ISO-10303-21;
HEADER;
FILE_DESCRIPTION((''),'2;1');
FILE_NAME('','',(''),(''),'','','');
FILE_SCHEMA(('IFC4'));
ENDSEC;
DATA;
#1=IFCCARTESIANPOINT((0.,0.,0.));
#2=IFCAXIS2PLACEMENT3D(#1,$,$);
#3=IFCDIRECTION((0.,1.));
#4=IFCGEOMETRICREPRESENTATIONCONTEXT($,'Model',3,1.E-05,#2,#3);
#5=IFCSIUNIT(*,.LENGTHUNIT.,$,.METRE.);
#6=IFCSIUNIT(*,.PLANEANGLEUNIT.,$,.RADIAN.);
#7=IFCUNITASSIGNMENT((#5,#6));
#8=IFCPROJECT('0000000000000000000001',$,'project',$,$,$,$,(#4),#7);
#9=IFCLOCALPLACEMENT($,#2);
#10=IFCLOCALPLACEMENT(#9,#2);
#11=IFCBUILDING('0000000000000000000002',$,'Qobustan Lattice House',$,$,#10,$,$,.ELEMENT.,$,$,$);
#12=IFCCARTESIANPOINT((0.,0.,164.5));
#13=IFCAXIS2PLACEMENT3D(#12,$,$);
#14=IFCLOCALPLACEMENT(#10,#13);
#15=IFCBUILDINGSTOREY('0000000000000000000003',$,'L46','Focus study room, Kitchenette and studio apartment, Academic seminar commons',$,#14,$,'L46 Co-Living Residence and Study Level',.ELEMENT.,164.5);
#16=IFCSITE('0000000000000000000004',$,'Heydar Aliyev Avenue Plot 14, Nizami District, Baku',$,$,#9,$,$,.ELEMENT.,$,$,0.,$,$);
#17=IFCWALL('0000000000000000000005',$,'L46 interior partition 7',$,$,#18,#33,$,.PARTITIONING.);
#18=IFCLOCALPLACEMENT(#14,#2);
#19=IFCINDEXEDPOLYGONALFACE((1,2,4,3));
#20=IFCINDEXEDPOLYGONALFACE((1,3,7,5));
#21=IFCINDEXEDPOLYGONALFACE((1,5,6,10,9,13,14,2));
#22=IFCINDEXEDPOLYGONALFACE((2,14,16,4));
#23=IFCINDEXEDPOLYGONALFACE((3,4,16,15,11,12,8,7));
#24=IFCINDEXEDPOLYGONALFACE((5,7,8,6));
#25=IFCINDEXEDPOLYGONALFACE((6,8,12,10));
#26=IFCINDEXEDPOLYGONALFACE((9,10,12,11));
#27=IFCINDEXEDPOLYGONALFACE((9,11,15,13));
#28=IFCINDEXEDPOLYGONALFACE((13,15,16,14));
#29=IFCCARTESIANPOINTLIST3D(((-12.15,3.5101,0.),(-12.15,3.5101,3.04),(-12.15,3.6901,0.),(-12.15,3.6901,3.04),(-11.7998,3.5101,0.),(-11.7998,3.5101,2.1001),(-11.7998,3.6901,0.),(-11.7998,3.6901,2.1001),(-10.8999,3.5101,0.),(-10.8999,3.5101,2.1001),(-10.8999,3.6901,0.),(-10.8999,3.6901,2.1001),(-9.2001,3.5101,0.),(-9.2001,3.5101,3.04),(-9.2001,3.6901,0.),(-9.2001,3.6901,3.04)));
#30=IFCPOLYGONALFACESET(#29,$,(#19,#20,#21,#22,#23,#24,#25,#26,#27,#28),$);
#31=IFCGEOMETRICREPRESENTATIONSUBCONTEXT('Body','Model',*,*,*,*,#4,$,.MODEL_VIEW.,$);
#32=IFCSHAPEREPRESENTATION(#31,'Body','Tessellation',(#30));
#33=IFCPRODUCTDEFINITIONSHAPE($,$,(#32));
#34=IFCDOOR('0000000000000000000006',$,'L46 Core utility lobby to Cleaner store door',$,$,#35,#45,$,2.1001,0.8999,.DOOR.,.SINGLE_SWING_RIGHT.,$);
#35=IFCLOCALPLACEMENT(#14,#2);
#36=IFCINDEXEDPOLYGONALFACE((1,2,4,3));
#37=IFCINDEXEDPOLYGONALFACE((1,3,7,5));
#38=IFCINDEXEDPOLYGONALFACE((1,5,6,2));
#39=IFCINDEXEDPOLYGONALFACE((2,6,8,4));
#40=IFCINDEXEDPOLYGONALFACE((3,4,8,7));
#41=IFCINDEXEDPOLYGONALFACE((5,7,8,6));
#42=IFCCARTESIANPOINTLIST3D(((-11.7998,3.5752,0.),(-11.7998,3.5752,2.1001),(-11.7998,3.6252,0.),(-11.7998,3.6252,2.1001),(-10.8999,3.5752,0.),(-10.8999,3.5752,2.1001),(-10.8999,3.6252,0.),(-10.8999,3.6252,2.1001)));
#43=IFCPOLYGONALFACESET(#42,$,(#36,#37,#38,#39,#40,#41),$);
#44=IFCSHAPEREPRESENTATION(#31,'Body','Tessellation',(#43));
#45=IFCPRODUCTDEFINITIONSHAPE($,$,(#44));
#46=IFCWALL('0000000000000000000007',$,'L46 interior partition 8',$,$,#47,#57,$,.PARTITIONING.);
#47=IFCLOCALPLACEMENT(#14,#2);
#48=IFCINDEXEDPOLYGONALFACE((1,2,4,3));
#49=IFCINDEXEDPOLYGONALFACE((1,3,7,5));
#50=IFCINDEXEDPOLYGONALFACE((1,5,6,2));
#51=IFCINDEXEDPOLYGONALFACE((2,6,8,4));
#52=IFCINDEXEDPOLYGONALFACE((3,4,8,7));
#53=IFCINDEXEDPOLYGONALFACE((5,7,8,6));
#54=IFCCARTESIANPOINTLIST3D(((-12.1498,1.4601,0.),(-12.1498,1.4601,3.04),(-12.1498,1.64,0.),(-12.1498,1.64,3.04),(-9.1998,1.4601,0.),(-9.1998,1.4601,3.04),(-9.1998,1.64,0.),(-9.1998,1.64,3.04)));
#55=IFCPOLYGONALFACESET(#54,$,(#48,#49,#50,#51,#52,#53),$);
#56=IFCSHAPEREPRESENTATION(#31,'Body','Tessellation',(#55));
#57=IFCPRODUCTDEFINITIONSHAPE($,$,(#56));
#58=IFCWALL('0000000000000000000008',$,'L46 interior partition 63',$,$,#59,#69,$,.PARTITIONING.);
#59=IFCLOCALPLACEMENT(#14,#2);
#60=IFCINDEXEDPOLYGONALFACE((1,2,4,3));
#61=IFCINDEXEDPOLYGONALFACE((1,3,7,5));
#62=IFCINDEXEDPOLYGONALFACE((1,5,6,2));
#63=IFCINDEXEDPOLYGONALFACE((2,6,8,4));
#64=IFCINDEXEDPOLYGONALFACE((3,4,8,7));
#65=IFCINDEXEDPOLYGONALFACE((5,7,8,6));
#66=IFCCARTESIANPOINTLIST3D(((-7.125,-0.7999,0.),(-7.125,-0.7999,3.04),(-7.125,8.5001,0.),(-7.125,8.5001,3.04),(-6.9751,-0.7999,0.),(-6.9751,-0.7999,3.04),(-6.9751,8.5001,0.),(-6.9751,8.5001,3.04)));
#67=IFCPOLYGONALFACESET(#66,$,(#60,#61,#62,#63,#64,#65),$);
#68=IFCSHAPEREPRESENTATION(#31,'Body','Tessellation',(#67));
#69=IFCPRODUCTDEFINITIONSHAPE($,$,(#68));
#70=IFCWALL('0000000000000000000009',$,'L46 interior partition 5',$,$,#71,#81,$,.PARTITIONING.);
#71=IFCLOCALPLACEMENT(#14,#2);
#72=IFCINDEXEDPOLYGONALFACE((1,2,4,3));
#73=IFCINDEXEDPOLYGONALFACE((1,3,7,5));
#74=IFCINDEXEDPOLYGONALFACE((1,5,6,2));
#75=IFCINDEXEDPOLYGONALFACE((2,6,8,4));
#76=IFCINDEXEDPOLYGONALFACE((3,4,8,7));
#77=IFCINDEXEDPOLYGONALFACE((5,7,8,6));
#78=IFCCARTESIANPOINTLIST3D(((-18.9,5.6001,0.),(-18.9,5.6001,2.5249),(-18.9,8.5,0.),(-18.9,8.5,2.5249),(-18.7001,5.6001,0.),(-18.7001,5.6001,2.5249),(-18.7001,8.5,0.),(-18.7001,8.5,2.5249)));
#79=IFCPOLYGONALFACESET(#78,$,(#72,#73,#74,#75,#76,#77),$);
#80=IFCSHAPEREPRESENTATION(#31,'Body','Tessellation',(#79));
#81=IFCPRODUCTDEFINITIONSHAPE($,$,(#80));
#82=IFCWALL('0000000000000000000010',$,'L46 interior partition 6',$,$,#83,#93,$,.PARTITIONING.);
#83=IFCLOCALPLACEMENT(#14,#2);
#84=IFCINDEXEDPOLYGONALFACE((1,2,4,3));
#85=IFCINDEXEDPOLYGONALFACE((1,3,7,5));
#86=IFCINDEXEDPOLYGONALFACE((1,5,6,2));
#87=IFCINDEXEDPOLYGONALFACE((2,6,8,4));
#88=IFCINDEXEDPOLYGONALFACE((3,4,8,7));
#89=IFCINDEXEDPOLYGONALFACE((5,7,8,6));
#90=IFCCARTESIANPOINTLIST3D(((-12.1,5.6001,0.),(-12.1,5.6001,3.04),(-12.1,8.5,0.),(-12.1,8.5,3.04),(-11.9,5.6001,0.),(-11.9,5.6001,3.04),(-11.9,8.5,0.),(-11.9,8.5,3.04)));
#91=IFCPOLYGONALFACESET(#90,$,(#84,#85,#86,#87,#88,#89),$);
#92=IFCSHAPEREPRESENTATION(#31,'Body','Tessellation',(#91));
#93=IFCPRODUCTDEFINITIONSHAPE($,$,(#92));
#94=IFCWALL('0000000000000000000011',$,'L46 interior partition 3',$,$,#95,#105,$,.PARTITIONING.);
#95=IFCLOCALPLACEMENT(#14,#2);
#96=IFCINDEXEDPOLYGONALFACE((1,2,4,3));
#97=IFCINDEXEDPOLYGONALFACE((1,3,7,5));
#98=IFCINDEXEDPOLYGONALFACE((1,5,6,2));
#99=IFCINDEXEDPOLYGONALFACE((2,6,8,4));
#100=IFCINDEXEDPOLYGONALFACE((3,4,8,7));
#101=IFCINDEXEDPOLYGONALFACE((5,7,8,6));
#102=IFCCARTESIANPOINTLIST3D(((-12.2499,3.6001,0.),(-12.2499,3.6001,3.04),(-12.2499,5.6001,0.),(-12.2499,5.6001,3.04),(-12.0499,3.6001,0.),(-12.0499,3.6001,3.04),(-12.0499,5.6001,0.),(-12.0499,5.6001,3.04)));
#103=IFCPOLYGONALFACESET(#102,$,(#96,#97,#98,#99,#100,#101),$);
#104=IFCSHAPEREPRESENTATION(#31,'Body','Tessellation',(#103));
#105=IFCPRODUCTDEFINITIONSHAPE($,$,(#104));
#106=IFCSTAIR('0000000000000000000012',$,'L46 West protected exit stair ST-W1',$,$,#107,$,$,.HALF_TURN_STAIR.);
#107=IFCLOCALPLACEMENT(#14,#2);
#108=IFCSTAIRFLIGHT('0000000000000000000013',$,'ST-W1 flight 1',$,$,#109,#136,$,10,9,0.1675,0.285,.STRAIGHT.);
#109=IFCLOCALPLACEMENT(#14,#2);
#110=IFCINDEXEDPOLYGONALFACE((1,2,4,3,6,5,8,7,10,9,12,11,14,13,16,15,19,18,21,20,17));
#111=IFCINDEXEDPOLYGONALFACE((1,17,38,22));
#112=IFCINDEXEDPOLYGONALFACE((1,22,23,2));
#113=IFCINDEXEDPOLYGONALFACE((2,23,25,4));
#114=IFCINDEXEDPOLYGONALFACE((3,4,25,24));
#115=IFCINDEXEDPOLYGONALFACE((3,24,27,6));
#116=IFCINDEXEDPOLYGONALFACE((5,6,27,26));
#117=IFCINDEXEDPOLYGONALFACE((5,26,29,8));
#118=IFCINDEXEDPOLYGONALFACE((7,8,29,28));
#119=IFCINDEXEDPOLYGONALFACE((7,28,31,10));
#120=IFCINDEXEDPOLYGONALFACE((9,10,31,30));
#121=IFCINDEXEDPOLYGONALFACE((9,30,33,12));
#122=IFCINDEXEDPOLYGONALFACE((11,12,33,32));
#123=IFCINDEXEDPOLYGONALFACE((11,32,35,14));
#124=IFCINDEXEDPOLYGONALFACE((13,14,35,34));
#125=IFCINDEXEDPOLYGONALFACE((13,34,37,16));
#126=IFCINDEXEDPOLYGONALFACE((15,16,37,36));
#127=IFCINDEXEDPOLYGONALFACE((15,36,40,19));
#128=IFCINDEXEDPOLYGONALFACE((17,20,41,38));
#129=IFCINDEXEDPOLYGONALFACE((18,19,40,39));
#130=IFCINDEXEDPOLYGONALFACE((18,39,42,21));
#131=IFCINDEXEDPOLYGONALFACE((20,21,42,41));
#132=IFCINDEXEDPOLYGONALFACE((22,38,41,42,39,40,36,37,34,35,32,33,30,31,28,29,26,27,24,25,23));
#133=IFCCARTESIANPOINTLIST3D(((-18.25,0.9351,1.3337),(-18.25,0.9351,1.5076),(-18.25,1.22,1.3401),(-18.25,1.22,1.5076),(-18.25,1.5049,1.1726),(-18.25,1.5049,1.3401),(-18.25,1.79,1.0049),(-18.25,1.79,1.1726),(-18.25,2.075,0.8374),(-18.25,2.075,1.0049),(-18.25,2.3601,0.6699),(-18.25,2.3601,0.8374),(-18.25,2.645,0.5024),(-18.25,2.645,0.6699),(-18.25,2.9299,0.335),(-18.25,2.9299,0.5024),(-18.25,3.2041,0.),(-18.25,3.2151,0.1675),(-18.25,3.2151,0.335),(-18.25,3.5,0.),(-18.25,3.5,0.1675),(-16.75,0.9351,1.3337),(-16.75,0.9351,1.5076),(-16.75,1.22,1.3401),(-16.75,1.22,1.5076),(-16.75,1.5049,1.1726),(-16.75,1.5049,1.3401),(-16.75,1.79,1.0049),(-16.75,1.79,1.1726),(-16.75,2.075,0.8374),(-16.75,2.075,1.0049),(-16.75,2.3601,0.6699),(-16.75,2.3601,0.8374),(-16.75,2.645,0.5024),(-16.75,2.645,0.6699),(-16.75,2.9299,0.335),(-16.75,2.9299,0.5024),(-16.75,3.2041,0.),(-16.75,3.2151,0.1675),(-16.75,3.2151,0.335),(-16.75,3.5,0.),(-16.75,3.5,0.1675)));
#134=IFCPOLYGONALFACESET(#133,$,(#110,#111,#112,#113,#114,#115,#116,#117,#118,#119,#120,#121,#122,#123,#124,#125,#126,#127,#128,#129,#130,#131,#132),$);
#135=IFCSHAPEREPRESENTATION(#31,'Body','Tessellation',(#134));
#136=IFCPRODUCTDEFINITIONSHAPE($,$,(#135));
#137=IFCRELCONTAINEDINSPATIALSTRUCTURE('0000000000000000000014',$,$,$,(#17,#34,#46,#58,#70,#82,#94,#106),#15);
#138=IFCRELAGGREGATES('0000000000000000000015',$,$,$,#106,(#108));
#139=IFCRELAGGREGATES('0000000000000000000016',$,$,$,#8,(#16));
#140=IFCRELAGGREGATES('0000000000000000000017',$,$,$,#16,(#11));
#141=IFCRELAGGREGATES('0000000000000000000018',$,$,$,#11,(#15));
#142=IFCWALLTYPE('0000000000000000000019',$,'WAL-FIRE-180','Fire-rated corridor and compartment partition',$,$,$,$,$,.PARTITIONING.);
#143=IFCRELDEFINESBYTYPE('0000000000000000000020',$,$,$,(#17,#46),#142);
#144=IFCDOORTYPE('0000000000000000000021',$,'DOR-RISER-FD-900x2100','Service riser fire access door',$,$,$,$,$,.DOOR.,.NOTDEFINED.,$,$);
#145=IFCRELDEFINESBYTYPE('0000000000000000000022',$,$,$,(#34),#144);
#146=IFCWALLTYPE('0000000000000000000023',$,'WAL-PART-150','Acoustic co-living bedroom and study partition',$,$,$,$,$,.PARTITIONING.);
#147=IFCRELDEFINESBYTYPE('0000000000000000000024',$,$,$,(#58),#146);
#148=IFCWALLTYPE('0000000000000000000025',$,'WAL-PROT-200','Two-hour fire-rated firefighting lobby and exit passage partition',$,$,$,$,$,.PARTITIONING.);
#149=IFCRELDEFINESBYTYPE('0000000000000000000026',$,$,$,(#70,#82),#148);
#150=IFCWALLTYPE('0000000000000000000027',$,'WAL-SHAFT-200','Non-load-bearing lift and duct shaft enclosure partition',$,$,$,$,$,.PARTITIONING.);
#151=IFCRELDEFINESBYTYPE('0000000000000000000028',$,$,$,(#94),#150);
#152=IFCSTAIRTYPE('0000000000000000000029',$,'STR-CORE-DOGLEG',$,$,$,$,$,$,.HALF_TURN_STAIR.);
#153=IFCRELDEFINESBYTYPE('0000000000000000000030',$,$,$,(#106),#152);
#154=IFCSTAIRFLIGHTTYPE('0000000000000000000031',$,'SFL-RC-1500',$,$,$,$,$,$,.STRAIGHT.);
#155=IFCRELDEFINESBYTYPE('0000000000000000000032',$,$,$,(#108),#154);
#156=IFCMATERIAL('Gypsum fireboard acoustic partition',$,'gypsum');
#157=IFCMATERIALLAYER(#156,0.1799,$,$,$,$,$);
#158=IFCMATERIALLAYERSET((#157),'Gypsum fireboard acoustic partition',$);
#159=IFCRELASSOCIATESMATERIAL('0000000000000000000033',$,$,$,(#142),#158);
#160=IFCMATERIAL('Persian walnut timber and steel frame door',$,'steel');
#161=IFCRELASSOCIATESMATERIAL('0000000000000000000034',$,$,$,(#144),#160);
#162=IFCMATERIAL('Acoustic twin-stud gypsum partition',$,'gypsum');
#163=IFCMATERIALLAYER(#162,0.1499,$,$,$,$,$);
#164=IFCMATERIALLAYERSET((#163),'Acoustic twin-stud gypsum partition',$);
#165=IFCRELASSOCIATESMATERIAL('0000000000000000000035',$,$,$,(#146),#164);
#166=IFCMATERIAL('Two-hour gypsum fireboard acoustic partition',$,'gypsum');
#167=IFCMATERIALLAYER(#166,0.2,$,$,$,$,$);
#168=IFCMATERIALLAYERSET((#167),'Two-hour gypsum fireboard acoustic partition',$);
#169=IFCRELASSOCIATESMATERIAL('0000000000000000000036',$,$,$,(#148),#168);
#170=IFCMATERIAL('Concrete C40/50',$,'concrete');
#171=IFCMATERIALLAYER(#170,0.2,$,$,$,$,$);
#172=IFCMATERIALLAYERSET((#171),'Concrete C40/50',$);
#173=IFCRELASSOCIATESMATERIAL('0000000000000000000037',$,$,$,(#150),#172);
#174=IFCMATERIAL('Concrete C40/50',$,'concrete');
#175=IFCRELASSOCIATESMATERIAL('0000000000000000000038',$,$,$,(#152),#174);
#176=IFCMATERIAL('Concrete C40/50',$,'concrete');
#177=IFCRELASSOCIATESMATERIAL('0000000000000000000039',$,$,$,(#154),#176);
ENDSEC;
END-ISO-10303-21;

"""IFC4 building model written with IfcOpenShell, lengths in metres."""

from ifc_helpers import new_model, si_unit, direction, frame, frame_2d, origin, place, context, subcontext, project, spatial, polyline, rectangle, outline, extrude, material, layer, layer_set, type_object, element, fill, aggregate, save


model = new_model("IFC4")

# Units and contexts
model_context = context("Model", 3, precision=1e-05, world=origin(), true_north=direction((0.0, 1.0)))
body_context = subcontext(model_context, "Body", "Model", "MODEL_VIEW")
ifc_project = project(units=[si_unit("LENGTHUNIT", "METRE"), si_unit("PLANEANGLEUNIT", "RADIAN")], contexts=[model_context])

# Site, building, storey
site_placement = place(None, origin())
site = spatial("IfcSite", under=ifc_project, at=site_placement, Name="Heydar Aliyev Avenue Plot 14, Nizami District, Baku", CompositionType="ELEMENT", RefElevation=0.0)
building_placement = place(site_placement, origin())
building = spatial("IfcBuilding", under=site, at=building_placement, Name="Qobustan Lattice House", CompositionType="ELEMENT")
storey_placement = place(building_placement, frame((0.0, 0.0, 164.5)))
storey = spatial("IfcBuildingStorey", under=building, at=storey_placement, Name="L46", Description="Focus study room, Kitchenette and studio apartment, Academic seminar commons", LongName="L46 Co-Living Residence and Study Level", CompositionType="ELEMENT", Elevation=164.5)

# Wall, opening, door
ifc_material_1 = material(Name="Gypsum fireboard acoustic partition", Category="gypsum")
ifc_layer_1 = layer(ifc_material_1, 0.1799)
ifc_layer_set_1 = layer_set([ifc_layer_1], Name="Gypsum fireboard acoustic partition")
wall_type_1 = type_object("IfcWallType", Name="WAL-FIRE-180", Description="Fire-rated corridor and compartment partition", PredefinedType="PARTITIONING", material=ifc_layer_set_1)
wall_1_placement = place(storey_placement, frame((-9.2, 3.6001, 0.0), z_axis=(0.0, 0.0, 1.0), x_axis=(-1.0, 0.0, 0.0)))
wall_1 = element("IfcWall", 1, at=wall_1_placement, inside=storey, type_object=wall_type_1, Name="L46 interior partition 7", PredefinedType="PARTITIONING", context=body_context, shape_type="SweptSolid", body=[
    extrude(rectangle(XDim=2.95, YDim=0.1799, at=frame_2d((1.4751, 0.0))), origin(), (0.0, 0.0, 1.0), 3.04),
])
opening_1_placement = place(wall_1_placement, frame((1.7, 0.0, 0.0)))
opening_1 = element("IfcOpeningElement", 2, at=opening_1_placement, cuts=wall_1, PredefinedType="OPENING", context=body_context, shape_type="SweptSolid", body=[
    extrude(rectangle(XDim=0.8999, YDim=2.1001, at=frame_2d((0.45, 1.05))), frame((0.0, 0.0999, 0.0), z_axis=(0.0, -1.0, 0.0), x_axis=(1.0, 0.0, 0.0)), (0.0, 0.0, 1.0), 0.2),
])
ifc_material_2 = material(Name="Persian walnut timber and steel frame door", Category="steel")
door_type_1 = type_object("IfcDoorType", Name="DOR-RISER-FD-900x2100", Description="Service riser fire access door", OperationType="NOTDEFINED", PredefinedType="DOOR", material=ifc_material_2)
door_1_placement = place(opening_1_placement, origin())
door_1 = element("IfcDoor", 3, at=door_1_placement, inside=storey, type_object=door_type_1, Name="L46 Core utility lobby to Cleaner store door", OperationType="SINGLE_SWING_RIGHT", OverallHeight=2.1001, OverallWidth=0.8999, PredefinedType="DOOR", context=body_context, shape_type="SweptSolid", body=[
    extrude(rectangle(XDim=0.8999, YDim=2.1001, at=frame_2d((0.45, 1.05))), frame((0.0, 0.0249, 0.0), z_axis=(0.0, -1.0, 0.0), x_axis=(1.0, 0.0, 0.0)), (0.0, 0.0, 1.0), 0.05),
])
fill(opening_1, door_1)

# Walls
wall_2_placement = place(storey_placement, frame((-12.1499, 1.55, 0.0), z_axis=(0.0, 0.0, 1.0), x_axis=(1.0, 0.0, 0.0)))
element("IfcWall", 4, at=wall_2_placement, inside=storey, type_object=wall_type_1, Name="L46 interior partition 8", PredefinedType="PARTITIONING", context=body_context, shape_type="SweptSolid", body=[
    extrude(rectangle(XDim=2.95, YDim=0.1799, at=frame_2d((1.4751, 0.0))), origin(), (0.0, 0.0, 1.0), 3.04),
])
ifc_material_3 = material(Name="Acoustic twin-stud gypsum partition", Category="gypsum")
ifc_layer_2 = layer(ifc_material_3, 0.1499)
ifc_layer_set_2 = layer_set([ifc_layer_2], Name="Acoustic twin-stud gypsum partition")
wall_type_2 = type_object("IfcWallType", Name="WAL-PART-150", Description="Acoustic co-living bedroom and study partition", PredefinedType="PARTITIONING", material=ifc_layer_set_2)
wall_3_placement = place(storey_placement, frame((-7.05, 8.5, 0.0), z_axis=(0.0, 0.0, 1.0), x_axis=(0.0, -1.0, 0.0)))
element("IfcWall", 5, at=wall_3_placement, inside=storey, type_object=wall_type_2, Name="L46 interior partition 63", PredefinedType="PARTITIONING", context=body_context, shape_type="SweptSolid", body=[
    extrude(rectangle(XDim=9.3, YDim=0.1499, at=frame_2d((4.6499, 0.0))), origin(), (0.0, 0.0, 1.0), 3.04),
])

# Shared definitions
ifc_material_4 = material(Name="Two-hour gypsum fireboard acoustic partition", Category="gypsum")
ifc_layer_3 = layer(ifc_material_4, 0.2)
ifc_layer_set_3 = layer_set([ifc_layer_3], Name="Two-hour gypsum fireboard acoustic partition")
wall_type_3 = type_object("IfcWallType", Name="WAL-PROT-200", Description="Two-hour fire-rated firefighting lobby and exit passage partition", PredefinedType="PARTITIONING", material=ifc_layer_set_3)

# Walls
wall_4_placement = place(storey_placement, frame((-18.8, 8.5, 0.0), z_axis=(0.0, 0.0, 1.0), x_axis=(0.0, -1.0, 0.0)))
element("IfcWall", 6, at=wall_4_placement, inside=storey, type_object=wall_type_3, Name="L46 interior partition 5", PredefinedType="PARTITIONING", context=body_context, shape_type="SweptSolid", body=[
    extrude(rectangle(XDim=2.8999, YDim=0.2, at=frame_2d((1.45, 0.0))), origin(), (0.0, 0.0, 1.0), 2.5249),
])
wall_5_placement = place(storey_placement, frame((-12.0, 5.6001, 0.0), z_axis=(0.0, 0.0, 1.0), x_axis=(0.0, 1.0, 0.0)))
element("IfcWall", 7, at=wall_5_placement, inside=storey, type_object=wall_type_3, Name="L46 interior partition 6", PredefinedType="PARTITIONING", context=body_context, shape_type="SweptSolid", body=[
    extrude(rectangle(XDim=2.8999, YDim=0.2, at=frame_2d((1.45, 0.0))), origin(), (0.0, 0.0, 1.0), 3.04),
])
ifc_material_5 = material(Name="Concrete C40/50", Category="concrete")
ifc_layer_4 = layer(ifc_material_5, 0.2)
ifc_layer_set_4 = layer_set([ifc_layer_4], Name="Concrete C40/50")
wall_type_4 = type_object("IfcWallType", Name="WAL-SHAFT-200", Description="Non-load-bearing lift and duct shaft enclosure partition", PredefinedType="PARTITIONING", material=ifc_layer_set_4)
wall_6_placement = place(storey_placement, frame((-12.1499, 3.6001, 0.0), z_axis=(0.0, 0.0, 1.0), x_axis=(0.0, 1.0, 0.0)))
element("IfcWall", 8, at=wall_6_placement, inside=storey, type_object=wall_type_4, Name="L46 interior partition 3", PredefinedType="PARTITIONING", context=body_context, shape_type="SweptSolid", body=[
    extrude(rectangle(XDim=2.0, YDim=0.2, at=frame_2d((1.0, 0.0))), origin(), (0.0, 0.0, 1.0), 3.04),
])

# Stair, stair flight
ifc_material_6 = material(Name="Concrete C40/50", Category="concrete")
stair_type = type_object("IfcStairType", Name="STR-CORE-DOGLEG", PredefinedType="HALF_TURN_STAIR", material=ifc_material_6)
stair_placement = place(storey_placement, origin())
stair = element("IfcStair", 9, at=stair_placement, inside=storey, type_object=stair_type, Name="L46 West protected exit stair ST-W1", PredefinedType="HALF_TURN_STAIR")
ifc_material_7 = material(Name="Concrete C40/50", Category="concrete")
stair_flight_type = type_object("IfcStairFlightType", Name="SFL-RC-1500", PredefinedType="STRAIGHT", material=ifc_material_7)
stair_flight_placement = place(storey_placement, frame((-17.5, 3.5, 0.0), z_axis=(0.0, 0.0, 1.0), x_axis=(0.0, -1.0, 0.0)))
stair_flight = element("IfcStairFlight", 10, at=stair_flight_placement, type_object=stair_flight_type, Name="ST-W1 flight 1", NumberOfRisers=10, NumberOfTreads=9, PredefinedType="STRAIGHT", RiserHeight=0.1675, TreadLength=0.285, context=body_context, shape_type="SweptSolid", body=[
    extrude(outline(polyline([(0.0, 0.0), (0.0, 0.1675), (0.2849, 0.1675), (0.2849, 0.335), (0.5701, 0.335), (0.5701, 0.5024), (0.855, 0.5024), (0.855, 0.6699), (1.1399, 0.6699), (1.1399, 0.8374), (1.425, 0.8374), (1.425, 1.0049), (1.71, 1.0049), (1.71, 1.1726), (1.9951, 1.1726), (1.9951, 1.3401), (2.28, 1.3401), (2.28, 1.5076), (2.5649, 1.5076), (2.5649, 1.675), (2.5649, 1.3337), (0.2959, 0.0), (0.0, 0.0)])), frame((0.0, 0.75, 0.0), z_axis=(0.0, -1.0, 0.0), x_axis=(1.0, 0.0, 0.0)), (0.0, 0.0, 1.0), 1.5),
])
aggregate(stair, [stair_flight])

save(model, "model.ifc")
